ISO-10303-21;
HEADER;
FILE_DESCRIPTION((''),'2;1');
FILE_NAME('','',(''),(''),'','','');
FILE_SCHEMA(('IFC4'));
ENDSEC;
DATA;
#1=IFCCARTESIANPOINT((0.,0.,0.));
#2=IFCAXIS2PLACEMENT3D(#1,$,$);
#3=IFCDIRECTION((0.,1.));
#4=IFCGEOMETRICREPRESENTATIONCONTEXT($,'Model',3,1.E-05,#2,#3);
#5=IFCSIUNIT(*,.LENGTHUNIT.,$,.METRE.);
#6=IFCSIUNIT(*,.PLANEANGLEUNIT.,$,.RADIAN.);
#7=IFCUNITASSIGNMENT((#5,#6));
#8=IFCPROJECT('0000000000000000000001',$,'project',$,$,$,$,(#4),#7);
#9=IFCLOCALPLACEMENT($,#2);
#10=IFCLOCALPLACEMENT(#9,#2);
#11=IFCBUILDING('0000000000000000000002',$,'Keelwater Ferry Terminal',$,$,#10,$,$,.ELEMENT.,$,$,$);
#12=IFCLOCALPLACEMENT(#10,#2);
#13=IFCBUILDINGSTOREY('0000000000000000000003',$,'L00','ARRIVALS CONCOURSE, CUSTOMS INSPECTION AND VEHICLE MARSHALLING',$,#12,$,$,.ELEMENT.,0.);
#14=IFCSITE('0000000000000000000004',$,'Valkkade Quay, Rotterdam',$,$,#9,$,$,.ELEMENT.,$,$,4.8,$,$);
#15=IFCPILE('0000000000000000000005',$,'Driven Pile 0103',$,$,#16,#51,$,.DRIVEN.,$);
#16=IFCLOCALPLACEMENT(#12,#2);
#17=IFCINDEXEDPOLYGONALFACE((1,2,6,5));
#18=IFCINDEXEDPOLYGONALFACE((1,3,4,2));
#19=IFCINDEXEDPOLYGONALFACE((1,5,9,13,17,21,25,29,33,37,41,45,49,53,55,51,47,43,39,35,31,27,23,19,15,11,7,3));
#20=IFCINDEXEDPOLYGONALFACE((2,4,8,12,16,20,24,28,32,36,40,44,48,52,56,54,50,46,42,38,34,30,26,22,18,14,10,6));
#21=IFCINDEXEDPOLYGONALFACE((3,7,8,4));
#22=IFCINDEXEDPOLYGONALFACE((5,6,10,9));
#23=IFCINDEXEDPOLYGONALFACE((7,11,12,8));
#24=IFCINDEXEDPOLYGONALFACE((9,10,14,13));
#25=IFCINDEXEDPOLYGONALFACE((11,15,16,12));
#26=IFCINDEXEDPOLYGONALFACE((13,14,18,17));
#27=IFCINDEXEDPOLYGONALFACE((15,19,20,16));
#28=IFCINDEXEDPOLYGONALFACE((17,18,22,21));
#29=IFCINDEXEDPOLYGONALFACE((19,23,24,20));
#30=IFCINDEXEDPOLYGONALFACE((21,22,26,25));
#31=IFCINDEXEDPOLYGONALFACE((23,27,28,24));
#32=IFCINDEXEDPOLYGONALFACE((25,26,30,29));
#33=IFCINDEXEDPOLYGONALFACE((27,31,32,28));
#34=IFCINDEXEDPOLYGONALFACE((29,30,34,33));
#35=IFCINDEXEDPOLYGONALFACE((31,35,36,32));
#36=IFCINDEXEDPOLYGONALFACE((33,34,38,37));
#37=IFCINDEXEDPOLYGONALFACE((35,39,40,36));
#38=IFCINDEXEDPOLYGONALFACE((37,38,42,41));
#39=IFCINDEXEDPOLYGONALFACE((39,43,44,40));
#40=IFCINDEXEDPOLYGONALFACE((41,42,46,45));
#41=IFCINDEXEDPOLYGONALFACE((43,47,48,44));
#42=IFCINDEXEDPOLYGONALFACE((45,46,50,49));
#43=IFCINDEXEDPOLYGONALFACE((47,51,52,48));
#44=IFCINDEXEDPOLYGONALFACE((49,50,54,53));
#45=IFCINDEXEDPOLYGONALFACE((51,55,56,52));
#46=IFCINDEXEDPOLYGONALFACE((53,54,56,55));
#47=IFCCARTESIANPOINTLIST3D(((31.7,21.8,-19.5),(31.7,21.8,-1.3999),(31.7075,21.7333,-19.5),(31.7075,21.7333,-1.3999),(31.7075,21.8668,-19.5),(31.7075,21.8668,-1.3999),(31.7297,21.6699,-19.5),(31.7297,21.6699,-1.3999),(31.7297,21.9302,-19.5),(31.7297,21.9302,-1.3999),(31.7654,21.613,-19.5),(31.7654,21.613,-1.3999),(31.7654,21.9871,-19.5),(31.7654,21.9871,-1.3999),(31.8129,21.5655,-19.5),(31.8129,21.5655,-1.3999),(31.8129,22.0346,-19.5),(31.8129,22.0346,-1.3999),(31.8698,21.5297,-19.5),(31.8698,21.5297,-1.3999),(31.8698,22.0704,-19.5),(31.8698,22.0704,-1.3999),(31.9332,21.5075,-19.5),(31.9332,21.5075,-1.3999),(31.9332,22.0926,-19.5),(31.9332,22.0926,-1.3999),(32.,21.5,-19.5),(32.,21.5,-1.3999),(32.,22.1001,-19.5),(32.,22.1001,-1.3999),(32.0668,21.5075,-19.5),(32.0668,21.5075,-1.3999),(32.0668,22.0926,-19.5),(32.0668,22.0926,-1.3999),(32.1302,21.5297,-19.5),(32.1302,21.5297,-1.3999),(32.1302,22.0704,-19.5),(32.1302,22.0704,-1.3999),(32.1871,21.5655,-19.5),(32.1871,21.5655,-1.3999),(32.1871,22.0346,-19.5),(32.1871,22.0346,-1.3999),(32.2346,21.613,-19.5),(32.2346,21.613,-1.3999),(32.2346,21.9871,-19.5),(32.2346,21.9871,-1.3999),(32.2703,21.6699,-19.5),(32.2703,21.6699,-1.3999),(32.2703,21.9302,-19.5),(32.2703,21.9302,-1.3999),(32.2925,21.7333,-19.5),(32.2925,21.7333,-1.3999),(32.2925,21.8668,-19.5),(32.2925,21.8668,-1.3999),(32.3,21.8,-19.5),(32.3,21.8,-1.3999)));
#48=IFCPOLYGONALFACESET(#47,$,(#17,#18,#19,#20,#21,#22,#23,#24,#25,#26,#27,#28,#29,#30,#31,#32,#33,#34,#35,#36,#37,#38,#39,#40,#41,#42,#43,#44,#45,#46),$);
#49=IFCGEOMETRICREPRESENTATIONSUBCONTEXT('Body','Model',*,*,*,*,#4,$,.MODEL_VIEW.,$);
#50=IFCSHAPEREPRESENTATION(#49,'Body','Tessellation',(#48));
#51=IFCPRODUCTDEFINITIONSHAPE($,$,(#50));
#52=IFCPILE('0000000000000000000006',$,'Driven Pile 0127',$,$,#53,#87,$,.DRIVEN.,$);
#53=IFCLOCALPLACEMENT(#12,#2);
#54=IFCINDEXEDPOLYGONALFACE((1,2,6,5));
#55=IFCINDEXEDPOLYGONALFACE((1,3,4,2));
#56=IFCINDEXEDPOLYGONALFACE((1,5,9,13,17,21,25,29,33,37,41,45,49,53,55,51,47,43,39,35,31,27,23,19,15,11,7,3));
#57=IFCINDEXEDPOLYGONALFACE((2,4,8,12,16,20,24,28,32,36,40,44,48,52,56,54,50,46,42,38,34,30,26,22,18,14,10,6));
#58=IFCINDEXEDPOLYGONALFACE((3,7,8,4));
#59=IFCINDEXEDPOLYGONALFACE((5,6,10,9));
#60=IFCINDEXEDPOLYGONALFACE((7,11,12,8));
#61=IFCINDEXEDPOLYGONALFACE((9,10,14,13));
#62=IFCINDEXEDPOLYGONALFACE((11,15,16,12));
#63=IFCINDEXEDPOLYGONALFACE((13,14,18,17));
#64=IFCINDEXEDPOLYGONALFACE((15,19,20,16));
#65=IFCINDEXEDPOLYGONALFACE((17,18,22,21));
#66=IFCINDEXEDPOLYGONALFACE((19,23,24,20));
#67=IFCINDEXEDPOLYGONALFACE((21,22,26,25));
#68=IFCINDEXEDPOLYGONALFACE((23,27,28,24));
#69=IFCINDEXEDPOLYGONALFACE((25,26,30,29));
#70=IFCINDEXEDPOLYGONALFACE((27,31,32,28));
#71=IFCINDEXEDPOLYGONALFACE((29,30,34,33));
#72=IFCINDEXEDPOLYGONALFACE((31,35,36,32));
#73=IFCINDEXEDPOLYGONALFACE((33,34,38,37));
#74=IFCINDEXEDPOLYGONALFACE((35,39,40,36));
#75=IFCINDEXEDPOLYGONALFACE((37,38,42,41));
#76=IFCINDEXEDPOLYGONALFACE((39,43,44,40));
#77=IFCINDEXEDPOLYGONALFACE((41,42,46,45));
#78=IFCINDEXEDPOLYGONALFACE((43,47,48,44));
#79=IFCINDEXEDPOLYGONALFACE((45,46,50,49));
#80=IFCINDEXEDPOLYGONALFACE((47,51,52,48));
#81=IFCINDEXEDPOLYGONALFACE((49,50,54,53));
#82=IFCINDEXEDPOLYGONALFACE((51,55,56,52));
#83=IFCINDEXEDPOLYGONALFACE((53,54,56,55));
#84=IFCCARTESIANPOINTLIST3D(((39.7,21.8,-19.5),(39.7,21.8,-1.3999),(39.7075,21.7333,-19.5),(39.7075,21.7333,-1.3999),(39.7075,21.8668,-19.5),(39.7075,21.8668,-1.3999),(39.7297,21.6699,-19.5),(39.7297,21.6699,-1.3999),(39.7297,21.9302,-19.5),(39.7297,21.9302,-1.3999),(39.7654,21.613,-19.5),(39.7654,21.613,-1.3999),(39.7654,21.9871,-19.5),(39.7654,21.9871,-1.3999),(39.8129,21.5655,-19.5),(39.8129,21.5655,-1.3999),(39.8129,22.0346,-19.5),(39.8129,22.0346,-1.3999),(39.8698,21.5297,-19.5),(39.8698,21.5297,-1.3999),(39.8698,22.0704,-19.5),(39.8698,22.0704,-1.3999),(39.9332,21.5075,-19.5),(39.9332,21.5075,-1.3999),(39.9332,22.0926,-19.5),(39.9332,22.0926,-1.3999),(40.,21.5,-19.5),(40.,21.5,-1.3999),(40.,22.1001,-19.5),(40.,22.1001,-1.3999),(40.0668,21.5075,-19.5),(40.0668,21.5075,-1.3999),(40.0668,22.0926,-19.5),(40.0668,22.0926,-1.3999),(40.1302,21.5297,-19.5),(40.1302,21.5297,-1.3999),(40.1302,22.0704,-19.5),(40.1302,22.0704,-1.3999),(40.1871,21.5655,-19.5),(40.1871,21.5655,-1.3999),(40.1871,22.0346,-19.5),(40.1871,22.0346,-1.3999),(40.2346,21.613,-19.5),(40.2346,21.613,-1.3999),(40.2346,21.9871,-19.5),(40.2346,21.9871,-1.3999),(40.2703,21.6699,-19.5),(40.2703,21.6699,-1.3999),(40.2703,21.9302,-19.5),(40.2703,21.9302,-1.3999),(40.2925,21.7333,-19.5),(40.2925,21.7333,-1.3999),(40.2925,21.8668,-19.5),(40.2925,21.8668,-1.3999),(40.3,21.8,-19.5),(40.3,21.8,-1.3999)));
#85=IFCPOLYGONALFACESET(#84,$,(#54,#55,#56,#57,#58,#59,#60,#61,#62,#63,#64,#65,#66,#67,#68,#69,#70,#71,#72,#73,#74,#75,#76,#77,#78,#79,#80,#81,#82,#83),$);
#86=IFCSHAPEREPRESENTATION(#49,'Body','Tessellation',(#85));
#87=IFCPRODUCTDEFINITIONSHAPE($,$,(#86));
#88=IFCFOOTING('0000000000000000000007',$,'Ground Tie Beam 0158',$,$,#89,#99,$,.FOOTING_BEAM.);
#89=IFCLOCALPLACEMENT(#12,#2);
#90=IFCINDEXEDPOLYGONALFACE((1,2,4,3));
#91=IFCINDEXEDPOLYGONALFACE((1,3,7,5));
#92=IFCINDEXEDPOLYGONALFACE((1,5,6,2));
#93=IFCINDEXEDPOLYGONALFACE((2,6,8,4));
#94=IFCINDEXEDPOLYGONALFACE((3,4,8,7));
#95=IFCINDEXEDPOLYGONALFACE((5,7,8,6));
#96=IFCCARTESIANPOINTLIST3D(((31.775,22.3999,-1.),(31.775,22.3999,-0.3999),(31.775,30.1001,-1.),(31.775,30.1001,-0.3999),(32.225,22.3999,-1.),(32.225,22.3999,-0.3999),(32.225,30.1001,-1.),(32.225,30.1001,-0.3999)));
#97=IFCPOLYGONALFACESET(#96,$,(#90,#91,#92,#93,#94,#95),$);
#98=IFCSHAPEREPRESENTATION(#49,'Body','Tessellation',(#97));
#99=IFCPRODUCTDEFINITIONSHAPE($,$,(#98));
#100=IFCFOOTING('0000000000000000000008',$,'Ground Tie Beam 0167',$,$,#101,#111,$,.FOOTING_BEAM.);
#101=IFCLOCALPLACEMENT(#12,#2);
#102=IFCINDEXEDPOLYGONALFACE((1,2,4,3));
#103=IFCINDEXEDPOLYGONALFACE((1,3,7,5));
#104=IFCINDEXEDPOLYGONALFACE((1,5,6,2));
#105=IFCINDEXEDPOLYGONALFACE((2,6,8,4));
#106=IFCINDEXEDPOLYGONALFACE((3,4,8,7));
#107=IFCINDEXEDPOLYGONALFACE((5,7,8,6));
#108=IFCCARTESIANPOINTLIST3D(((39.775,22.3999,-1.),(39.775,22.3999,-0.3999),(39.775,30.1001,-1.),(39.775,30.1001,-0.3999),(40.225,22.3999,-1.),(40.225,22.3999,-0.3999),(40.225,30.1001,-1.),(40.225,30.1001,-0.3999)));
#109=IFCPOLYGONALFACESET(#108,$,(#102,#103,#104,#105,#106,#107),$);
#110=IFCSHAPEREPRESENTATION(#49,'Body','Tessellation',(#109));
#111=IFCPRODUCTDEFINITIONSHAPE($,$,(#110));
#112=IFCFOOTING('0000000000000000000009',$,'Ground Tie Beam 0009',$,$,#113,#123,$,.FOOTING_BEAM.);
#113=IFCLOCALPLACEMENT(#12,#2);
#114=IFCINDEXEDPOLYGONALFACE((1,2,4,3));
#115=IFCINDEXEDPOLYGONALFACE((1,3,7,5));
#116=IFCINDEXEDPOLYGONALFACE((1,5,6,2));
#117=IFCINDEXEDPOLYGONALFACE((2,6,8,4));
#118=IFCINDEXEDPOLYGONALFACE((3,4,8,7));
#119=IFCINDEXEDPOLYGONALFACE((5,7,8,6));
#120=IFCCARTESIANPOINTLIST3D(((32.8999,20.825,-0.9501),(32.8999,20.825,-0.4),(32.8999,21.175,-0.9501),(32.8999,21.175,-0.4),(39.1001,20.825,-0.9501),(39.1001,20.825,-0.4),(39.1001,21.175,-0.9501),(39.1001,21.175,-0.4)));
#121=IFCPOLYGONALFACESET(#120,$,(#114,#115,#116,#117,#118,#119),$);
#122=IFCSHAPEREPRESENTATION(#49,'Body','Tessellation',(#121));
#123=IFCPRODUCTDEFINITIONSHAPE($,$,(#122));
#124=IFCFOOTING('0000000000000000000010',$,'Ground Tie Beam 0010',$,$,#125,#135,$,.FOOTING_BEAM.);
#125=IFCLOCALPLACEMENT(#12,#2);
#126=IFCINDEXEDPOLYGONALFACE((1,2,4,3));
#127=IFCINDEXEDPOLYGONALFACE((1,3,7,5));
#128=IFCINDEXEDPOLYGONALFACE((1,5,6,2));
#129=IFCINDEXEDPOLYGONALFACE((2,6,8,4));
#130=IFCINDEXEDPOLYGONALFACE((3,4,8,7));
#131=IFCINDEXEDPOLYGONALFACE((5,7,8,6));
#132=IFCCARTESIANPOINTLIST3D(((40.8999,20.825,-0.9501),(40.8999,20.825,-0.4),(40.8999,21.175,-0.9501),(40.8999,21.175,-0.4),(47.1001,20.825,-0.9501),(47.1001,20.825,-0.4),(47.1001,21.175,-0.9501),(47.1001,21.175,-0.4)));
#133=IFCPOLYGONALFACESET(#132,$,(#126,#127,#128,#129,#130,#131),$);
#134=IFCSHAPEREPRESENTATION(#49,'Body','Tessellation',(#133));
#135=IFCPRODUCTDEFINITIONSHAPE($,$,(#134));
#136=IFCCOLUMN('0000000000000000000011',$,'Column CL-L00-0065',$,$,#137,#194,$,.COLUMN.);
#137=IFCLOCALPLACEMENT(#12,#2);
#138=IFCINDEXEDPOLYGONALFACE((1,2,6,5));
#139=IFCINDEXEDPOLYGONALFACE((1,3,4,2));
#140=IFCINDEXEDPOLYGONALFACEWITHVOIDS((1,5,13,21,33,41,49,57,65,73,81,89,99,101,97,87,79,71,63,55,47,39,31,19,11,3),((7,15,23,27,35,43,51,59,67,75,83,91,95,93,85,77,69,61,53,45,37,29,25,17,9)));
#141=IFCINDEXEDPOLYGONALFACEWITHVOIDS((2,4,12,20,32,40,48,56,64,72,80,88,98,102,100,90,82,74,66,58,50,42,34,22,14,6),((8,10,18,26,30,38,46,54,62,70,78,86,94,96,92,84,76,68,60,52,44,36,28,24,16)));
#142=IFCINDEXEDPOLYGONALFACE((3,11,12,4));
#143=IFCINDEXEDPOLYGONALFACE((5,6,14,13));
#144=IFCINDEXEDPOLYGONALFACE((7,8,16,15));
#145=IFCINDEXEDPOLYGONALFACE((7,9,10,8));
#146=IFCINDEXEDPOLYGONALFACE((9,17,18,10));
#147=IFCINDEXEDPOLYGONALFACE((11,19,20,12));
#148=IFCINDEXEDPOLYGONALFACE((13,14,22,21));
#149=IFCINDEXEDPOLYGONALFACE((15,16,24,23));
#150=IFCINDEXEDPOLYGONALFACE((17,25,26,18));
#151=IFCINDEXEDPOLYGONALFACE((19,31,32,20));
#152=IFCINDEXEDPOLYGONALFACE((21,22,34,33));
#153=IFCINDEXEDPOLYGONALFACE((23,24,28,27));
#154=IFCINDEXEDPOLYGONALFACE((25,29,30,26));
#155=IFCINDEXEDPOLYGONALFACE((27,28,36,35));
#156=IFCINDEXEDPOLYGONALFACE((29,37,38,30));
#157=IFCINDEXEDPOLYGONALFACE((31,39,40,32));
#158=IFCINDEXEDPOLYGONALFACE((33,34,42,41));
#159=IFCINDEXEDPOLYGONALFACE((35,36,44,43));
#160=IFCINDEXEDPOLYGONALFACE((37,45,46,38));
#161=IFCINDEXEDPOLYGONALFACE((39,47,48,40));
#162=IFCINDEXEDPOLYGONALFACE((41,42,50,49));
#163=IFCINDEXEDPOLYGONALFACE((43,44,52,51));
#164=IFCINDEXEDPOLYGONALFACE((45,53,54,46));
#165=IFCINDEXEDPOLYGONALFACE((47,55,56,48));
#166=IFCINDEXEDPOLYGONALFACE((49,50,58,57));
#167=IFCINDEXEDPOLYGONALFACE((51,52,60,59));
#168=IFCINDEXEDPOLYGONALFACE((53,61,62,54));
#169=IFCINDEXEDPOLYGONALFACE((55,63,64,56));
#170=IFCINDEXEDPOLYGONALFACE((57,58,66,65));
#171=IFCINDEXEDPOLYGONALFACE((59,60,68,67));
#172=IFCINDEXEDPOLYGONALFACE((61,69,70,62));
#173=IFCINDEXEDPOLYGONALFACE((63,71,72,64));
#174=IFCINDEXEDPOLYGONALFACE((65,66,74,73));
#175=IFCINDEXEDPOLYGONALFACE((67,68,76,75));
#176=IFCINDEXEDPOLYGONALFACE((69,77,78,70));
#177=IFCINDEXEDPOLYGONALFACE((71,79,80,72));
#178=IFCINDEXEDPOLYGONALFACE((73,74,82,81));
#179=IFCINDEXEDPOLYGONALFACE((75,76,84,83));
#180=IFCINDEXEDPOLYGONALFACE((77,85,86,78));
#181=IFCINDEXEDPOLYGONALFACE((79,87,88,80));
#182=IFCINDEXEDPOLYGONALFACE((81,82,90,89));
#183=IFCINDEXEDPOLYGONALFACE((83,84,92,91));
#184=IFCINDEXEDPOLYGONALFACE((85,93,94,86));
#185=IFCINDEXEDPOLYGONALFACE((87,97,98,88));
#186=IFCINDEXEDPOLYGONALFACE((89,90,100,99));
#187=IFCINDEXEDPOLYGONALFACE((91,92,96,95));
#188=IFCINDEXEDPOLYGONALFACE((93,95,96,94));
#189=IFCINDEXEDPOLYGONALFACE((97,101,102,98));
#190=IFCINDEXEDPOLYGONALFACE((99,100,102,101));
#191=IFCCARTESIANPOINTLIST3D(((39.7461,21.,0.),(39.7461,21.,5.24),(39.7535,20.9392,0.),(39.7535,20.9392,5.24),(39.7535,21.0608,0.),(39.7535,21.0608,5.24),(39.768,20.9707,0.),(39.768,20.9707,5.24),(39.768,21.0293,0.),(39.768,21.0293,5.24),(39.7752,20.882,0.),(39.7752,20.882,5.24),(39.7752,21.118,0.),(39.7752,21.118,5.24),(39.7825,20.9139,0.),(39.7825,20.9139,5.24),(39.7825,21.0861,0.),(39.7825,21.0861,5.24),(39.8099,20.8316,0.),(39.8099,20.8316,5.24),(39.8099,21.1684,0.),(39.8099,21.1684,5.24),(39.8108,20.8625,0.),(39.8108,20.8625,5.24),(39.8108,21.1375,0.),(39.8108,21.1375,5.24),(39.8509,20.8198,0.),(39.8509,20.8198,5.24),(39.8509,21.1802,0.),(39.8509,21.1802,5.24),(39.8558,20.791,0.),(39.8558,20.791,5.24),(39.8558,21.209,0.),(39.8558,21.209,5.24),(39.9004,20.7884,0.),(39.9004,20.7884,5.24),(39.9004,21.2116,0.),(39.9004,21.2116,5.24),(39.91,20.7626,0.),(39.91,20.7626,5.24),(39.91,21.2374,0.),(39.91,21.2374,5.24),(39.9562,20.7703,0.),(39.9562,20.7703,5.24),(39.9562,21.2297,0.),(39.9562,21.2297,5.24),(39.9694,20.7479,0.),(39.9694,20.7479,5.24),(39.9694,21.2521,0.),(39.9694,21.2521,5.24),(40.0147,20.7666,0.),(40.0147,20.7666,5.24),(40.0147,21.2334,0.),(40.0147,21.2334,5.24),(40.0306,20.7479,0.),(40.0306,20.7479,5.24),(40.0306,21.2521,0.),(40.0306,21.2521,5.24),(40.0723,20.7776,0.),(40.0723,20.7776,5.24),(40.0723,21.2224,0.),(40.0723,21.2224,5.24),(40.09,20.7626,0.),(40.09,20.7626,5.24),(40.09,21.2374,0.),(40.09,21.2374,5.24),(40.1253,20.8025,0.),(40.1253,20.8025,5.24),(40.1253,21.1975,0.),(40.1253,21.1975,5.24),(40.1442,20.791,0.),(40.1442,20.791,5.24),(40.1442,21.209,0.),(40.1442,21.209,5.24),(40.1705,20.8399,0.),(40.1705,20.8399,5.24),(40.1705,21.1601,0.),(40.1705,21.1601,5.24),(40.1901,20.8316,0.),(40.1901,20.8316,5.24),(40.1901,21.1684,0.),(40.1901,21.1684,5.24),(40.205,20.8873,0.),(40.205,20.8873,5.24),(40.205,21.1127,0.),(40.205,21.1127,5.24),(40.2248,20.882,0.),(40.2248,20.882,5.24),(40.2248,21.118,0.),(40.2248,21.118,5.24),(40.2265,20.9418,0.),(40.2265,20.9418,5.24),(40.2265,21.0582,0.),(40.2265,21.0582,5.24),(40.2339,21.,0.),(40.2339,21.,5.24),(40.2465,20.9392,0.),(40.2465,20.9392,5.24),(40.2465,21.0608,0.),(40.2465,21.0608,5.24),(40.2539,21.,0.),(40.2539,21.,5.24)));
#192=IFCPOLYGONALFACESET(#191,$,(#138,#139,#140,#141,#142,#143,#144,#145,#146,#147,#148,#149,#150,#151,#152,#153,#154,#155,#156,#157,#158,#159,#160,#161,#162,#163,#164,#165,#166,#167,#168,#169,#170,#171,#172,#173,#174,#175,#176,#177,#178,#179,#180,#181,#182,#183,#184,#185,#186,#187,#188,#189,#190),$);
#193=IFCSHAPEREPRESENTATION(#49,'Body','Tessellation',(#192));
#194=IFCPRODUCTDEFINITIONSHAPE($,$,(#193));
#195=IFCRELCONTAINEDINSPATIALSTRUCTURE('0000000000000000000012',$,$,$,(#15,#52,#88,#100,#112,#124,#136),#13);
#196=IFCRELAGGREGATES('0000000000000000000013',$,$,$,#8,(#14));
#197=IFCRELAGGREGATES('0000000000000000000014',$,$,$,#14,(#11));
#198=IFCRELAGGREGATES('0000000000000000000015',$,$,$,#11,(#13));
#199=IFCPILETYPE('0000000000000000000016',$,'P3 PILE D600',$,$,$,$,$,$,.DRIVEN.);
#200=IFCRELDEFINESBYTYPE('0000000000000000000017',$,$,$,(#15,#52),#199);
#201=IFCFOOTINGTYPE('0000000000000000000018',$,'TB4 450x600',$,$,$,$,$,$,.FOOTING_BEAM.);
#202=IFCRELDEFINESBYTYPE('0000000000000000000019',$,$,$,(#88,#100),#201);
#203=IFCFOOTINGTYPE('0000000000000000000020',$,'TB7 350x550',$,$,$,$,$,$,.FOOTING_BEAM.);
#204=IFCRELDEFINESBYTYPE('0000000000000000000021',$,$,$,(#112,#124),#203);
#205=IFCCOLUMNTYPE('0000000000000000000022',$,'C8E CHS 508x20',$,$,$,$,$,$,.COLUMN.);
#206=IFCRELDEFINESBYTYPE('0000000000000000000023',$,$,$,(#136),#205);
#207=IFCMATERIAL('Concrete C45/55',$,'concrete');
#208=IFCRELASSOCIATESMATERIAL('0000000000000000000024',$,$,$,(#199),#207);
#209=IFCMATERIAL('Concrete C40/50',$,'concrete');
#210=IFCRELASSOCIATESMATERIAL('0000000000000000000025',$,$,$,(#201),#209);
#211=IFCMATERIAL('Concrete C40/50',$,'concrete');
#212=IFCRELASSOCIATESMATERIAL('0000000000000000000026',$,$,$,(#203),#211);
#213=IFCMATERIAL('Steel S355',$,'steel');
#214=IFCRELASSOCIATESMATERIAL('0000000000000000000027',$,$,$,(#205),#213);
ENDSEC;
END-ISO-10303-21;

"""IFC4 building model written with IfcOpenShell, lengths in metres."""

from ifc_helpers import new_model, si_unit, direction, frame, origin, origin_2d, place, context, subcontext, project, spatial, rectangle, circle, hollow_circle, extrude, material, material_profile, profile_set, type_object, element, save


model = new_model("IFC4")

# Units and contexts
model_context = context("Model", 3, precision=1e-05, world=origin(), true_north=direction((0.0, 1.0)))
body_context = subcontext(model_context, "Body", "Model", "MODEL_VIEW")
ifc_project = project(units=[si_unit("LENGTHUNIT", "METRE"), si_unit("PLANEANGLEUNIT", "RADIAN")], contexts=[model_context])

# Site, building, storey
site_placement = place(None, origin())
site = spatial("IfcSite", under=ifc_project, at=site_placement, Name="Valkkade Quay, Rotterdam", CompositionType="ELEMENT", RefElevation=4.8)
building_placement = place(site_placement, origin())
building = spatial("IfcBuilding", under=site, at=building_placement, Name="Keelwater Ferry Terminal", CompositionType="ELEMENT")
storey_placement = place(building_placement, origin())
storey = spatial("IfcBuildingStorey", under=building, at=storey_placement, Name="L00", Description="ARRIVALS CONCOURSE, CUSTOMS INSPECTION AND VEHICLE MARSHALLING", CompositionType="ELEMENT", Elevation=0.0)

# Piles
ifc_material_1 = material(Name="Concrete C45/55", Category="concrete")
ifc_material_profile_1 = material_profile(ifc_material_1, circle(Radius=0.3, at=origin_2d()), Name="PILE D600")
ifc_profile_set_1 = profile_set([ifc_material_profile_1], Name="Concrete C45/55")
pile_type = type_object("IfcPileType", Name="P3 PILE D600", PredefinedType="DRIVEN", material=ifc_profile_set_1)
for number, where, z_axis, x_axis, name in (
    (1, (32.0, 21.8, -1.3999), (0.0, 0.0, -1.0), (1.0, 0.0, 0.0), "Driven Pile 0103"),
    (2, (40.0, 21.8, -1.3999), (0.0, 0.0, -1.0), (1.0, 0.0, 0.0), "Driven Pile 0127"),
):
    element("IfcPile", number, at=place(storey_placement, frame(where, z_axis=z_axis, x_axis=x_axis)), inside=storey, type_object=pile_type, Name=name, PredefinedType="DRIVEN", context=body_context, shape_type="SweptSolid", body=[
        extrude(circle(Radius=0.3, at=origin_2d()), origin(), (0.0, 0.0, 1.0), 18.1001),
    ])

# Footings
ifc_material_2 = material(Name="Concrete C40/50", Category="concrete")
ifc_material_profile_2 = material_profile(ifc_material_2, rectangle(XDim=0.45, YDim=0.6001, at=origin_2d()), Name="TB 450x600")
ifc_profile_set_2 = profile_set([ifc_material_profile_2], Name="Concrete C40/50")
footing_type_1 = type_object("IfcFootingType", Name="TB4 450x600", PredefinedType="FOOTING_BEAM", material=ifc_profile_set_2)
for number, where, z_axis, x_axis, name in (
    (3, (32.0, 22.3999, -0.7), (0.0, 1.0, 0.0), (-1.0, 0.0, 0.0), "Ground Tie Beam 0158"),
    (4, (40.0, 22.3999, -0.7), (0.0, 1.0, 0.0), (-1.0, 0.0, 0.0), "Ground Tie Beam 0167"),
):
    element("IfcFooting", number, at=place(storey_placement, frame(where, z_axis=z_axis, x_axis=x_axis)), inside=storey, type_object=footing_type_1, Name=name, PredefinedType="FOOTING_BEAM", context=body_context, shape_type="SweptSolid", body=[
        extrude(rectangle(XDim=0.45, YDim=0.6001, at=origin_2d()), origin(), (0.0, 0.0, 1.0), 7.7002),
    ])
ifc_material_3 = material(Name="Concrete C40/50", Category="concrete")
ifc_material_profile_3 = material_profile(ifc_material_3, rectangle(XDim=0.3501, YDim=0.55, at=origin_2d()), Name="TB 350x550")
ifc_profile_set_3 = profile_set([ifc_material_profile_3], Name="Concrete C40/50")
footing_type_2 = type_object("IfcFootingType", Name="TB7 350x550", PredefinedType="FOOTING_BEAM", material=ifc_profile_set_3)
for number, where, z_axis, x_axis, name in (
    (5, (32.8999, 21.0, -0.675), (1.0, 0.0, 0.0), (0.0, 1.0, 0.0), "Ground Tie Beam 0009"),
    (6, (40.8999, 21.0, -0.675), (1.0, 0.0, 0.0), (0.0, 1.0, 0.0), "Ground Tie Beam 0010"),
):
    element("IfcFooting", number, at=place(storey_placement, frame(where, z_axis=z_axis, x_axis=x_axis)), inside=storey, type_object=footing_type_2, Name=name, PredefinedType="FOOTING_BEAM", context=body_context, shape_type="SweptSolid", body=[
        extrude(rectangle(XDim=0.3501, YDim=0.55, at=origin_2d()), origin(), (0.0, 0.0, 1.0), 6.2002),
    ])

# Column
ifc_material_4 = material(Name="Steel S355", Category="steel")
ifc_material_profile_4 = material_profile(ifc_material_4, hollow_circle(Radius=0.2539, WallThickness=0.02, at=origin_2d()), Name="CHS 508x20")
ifc_profile_set_4 = profile_set([ifc_material_profile_4], Name="Steel S355")
column_type = type_object("IfcColumnType", Name="C8E CHS 508x20", PredefinedType="COLUMN", material=ifc_profile_set_4)
column_placement = place(storey_placement, frame((40.0, 21.0, 0.0), z_axis=(0.0, 0.0, 1.0), x_axis=(1.0, 0.0, 0.0)))
element("IfcColumn", 7, at=column_placement, inside=storey, type_object=column_type, Name="Column CL-L00-0065", PredefinedType="COLUMN", context=body_context, shape_type="SweptSolid", body=[
    extrude(hollow_circle(Radius=0.2539, WallThickness=0.02, at=origin_2d()), origin(), (0.0, 0.0, 1.0), 5.24),
])

save(model, "model.ifc")
